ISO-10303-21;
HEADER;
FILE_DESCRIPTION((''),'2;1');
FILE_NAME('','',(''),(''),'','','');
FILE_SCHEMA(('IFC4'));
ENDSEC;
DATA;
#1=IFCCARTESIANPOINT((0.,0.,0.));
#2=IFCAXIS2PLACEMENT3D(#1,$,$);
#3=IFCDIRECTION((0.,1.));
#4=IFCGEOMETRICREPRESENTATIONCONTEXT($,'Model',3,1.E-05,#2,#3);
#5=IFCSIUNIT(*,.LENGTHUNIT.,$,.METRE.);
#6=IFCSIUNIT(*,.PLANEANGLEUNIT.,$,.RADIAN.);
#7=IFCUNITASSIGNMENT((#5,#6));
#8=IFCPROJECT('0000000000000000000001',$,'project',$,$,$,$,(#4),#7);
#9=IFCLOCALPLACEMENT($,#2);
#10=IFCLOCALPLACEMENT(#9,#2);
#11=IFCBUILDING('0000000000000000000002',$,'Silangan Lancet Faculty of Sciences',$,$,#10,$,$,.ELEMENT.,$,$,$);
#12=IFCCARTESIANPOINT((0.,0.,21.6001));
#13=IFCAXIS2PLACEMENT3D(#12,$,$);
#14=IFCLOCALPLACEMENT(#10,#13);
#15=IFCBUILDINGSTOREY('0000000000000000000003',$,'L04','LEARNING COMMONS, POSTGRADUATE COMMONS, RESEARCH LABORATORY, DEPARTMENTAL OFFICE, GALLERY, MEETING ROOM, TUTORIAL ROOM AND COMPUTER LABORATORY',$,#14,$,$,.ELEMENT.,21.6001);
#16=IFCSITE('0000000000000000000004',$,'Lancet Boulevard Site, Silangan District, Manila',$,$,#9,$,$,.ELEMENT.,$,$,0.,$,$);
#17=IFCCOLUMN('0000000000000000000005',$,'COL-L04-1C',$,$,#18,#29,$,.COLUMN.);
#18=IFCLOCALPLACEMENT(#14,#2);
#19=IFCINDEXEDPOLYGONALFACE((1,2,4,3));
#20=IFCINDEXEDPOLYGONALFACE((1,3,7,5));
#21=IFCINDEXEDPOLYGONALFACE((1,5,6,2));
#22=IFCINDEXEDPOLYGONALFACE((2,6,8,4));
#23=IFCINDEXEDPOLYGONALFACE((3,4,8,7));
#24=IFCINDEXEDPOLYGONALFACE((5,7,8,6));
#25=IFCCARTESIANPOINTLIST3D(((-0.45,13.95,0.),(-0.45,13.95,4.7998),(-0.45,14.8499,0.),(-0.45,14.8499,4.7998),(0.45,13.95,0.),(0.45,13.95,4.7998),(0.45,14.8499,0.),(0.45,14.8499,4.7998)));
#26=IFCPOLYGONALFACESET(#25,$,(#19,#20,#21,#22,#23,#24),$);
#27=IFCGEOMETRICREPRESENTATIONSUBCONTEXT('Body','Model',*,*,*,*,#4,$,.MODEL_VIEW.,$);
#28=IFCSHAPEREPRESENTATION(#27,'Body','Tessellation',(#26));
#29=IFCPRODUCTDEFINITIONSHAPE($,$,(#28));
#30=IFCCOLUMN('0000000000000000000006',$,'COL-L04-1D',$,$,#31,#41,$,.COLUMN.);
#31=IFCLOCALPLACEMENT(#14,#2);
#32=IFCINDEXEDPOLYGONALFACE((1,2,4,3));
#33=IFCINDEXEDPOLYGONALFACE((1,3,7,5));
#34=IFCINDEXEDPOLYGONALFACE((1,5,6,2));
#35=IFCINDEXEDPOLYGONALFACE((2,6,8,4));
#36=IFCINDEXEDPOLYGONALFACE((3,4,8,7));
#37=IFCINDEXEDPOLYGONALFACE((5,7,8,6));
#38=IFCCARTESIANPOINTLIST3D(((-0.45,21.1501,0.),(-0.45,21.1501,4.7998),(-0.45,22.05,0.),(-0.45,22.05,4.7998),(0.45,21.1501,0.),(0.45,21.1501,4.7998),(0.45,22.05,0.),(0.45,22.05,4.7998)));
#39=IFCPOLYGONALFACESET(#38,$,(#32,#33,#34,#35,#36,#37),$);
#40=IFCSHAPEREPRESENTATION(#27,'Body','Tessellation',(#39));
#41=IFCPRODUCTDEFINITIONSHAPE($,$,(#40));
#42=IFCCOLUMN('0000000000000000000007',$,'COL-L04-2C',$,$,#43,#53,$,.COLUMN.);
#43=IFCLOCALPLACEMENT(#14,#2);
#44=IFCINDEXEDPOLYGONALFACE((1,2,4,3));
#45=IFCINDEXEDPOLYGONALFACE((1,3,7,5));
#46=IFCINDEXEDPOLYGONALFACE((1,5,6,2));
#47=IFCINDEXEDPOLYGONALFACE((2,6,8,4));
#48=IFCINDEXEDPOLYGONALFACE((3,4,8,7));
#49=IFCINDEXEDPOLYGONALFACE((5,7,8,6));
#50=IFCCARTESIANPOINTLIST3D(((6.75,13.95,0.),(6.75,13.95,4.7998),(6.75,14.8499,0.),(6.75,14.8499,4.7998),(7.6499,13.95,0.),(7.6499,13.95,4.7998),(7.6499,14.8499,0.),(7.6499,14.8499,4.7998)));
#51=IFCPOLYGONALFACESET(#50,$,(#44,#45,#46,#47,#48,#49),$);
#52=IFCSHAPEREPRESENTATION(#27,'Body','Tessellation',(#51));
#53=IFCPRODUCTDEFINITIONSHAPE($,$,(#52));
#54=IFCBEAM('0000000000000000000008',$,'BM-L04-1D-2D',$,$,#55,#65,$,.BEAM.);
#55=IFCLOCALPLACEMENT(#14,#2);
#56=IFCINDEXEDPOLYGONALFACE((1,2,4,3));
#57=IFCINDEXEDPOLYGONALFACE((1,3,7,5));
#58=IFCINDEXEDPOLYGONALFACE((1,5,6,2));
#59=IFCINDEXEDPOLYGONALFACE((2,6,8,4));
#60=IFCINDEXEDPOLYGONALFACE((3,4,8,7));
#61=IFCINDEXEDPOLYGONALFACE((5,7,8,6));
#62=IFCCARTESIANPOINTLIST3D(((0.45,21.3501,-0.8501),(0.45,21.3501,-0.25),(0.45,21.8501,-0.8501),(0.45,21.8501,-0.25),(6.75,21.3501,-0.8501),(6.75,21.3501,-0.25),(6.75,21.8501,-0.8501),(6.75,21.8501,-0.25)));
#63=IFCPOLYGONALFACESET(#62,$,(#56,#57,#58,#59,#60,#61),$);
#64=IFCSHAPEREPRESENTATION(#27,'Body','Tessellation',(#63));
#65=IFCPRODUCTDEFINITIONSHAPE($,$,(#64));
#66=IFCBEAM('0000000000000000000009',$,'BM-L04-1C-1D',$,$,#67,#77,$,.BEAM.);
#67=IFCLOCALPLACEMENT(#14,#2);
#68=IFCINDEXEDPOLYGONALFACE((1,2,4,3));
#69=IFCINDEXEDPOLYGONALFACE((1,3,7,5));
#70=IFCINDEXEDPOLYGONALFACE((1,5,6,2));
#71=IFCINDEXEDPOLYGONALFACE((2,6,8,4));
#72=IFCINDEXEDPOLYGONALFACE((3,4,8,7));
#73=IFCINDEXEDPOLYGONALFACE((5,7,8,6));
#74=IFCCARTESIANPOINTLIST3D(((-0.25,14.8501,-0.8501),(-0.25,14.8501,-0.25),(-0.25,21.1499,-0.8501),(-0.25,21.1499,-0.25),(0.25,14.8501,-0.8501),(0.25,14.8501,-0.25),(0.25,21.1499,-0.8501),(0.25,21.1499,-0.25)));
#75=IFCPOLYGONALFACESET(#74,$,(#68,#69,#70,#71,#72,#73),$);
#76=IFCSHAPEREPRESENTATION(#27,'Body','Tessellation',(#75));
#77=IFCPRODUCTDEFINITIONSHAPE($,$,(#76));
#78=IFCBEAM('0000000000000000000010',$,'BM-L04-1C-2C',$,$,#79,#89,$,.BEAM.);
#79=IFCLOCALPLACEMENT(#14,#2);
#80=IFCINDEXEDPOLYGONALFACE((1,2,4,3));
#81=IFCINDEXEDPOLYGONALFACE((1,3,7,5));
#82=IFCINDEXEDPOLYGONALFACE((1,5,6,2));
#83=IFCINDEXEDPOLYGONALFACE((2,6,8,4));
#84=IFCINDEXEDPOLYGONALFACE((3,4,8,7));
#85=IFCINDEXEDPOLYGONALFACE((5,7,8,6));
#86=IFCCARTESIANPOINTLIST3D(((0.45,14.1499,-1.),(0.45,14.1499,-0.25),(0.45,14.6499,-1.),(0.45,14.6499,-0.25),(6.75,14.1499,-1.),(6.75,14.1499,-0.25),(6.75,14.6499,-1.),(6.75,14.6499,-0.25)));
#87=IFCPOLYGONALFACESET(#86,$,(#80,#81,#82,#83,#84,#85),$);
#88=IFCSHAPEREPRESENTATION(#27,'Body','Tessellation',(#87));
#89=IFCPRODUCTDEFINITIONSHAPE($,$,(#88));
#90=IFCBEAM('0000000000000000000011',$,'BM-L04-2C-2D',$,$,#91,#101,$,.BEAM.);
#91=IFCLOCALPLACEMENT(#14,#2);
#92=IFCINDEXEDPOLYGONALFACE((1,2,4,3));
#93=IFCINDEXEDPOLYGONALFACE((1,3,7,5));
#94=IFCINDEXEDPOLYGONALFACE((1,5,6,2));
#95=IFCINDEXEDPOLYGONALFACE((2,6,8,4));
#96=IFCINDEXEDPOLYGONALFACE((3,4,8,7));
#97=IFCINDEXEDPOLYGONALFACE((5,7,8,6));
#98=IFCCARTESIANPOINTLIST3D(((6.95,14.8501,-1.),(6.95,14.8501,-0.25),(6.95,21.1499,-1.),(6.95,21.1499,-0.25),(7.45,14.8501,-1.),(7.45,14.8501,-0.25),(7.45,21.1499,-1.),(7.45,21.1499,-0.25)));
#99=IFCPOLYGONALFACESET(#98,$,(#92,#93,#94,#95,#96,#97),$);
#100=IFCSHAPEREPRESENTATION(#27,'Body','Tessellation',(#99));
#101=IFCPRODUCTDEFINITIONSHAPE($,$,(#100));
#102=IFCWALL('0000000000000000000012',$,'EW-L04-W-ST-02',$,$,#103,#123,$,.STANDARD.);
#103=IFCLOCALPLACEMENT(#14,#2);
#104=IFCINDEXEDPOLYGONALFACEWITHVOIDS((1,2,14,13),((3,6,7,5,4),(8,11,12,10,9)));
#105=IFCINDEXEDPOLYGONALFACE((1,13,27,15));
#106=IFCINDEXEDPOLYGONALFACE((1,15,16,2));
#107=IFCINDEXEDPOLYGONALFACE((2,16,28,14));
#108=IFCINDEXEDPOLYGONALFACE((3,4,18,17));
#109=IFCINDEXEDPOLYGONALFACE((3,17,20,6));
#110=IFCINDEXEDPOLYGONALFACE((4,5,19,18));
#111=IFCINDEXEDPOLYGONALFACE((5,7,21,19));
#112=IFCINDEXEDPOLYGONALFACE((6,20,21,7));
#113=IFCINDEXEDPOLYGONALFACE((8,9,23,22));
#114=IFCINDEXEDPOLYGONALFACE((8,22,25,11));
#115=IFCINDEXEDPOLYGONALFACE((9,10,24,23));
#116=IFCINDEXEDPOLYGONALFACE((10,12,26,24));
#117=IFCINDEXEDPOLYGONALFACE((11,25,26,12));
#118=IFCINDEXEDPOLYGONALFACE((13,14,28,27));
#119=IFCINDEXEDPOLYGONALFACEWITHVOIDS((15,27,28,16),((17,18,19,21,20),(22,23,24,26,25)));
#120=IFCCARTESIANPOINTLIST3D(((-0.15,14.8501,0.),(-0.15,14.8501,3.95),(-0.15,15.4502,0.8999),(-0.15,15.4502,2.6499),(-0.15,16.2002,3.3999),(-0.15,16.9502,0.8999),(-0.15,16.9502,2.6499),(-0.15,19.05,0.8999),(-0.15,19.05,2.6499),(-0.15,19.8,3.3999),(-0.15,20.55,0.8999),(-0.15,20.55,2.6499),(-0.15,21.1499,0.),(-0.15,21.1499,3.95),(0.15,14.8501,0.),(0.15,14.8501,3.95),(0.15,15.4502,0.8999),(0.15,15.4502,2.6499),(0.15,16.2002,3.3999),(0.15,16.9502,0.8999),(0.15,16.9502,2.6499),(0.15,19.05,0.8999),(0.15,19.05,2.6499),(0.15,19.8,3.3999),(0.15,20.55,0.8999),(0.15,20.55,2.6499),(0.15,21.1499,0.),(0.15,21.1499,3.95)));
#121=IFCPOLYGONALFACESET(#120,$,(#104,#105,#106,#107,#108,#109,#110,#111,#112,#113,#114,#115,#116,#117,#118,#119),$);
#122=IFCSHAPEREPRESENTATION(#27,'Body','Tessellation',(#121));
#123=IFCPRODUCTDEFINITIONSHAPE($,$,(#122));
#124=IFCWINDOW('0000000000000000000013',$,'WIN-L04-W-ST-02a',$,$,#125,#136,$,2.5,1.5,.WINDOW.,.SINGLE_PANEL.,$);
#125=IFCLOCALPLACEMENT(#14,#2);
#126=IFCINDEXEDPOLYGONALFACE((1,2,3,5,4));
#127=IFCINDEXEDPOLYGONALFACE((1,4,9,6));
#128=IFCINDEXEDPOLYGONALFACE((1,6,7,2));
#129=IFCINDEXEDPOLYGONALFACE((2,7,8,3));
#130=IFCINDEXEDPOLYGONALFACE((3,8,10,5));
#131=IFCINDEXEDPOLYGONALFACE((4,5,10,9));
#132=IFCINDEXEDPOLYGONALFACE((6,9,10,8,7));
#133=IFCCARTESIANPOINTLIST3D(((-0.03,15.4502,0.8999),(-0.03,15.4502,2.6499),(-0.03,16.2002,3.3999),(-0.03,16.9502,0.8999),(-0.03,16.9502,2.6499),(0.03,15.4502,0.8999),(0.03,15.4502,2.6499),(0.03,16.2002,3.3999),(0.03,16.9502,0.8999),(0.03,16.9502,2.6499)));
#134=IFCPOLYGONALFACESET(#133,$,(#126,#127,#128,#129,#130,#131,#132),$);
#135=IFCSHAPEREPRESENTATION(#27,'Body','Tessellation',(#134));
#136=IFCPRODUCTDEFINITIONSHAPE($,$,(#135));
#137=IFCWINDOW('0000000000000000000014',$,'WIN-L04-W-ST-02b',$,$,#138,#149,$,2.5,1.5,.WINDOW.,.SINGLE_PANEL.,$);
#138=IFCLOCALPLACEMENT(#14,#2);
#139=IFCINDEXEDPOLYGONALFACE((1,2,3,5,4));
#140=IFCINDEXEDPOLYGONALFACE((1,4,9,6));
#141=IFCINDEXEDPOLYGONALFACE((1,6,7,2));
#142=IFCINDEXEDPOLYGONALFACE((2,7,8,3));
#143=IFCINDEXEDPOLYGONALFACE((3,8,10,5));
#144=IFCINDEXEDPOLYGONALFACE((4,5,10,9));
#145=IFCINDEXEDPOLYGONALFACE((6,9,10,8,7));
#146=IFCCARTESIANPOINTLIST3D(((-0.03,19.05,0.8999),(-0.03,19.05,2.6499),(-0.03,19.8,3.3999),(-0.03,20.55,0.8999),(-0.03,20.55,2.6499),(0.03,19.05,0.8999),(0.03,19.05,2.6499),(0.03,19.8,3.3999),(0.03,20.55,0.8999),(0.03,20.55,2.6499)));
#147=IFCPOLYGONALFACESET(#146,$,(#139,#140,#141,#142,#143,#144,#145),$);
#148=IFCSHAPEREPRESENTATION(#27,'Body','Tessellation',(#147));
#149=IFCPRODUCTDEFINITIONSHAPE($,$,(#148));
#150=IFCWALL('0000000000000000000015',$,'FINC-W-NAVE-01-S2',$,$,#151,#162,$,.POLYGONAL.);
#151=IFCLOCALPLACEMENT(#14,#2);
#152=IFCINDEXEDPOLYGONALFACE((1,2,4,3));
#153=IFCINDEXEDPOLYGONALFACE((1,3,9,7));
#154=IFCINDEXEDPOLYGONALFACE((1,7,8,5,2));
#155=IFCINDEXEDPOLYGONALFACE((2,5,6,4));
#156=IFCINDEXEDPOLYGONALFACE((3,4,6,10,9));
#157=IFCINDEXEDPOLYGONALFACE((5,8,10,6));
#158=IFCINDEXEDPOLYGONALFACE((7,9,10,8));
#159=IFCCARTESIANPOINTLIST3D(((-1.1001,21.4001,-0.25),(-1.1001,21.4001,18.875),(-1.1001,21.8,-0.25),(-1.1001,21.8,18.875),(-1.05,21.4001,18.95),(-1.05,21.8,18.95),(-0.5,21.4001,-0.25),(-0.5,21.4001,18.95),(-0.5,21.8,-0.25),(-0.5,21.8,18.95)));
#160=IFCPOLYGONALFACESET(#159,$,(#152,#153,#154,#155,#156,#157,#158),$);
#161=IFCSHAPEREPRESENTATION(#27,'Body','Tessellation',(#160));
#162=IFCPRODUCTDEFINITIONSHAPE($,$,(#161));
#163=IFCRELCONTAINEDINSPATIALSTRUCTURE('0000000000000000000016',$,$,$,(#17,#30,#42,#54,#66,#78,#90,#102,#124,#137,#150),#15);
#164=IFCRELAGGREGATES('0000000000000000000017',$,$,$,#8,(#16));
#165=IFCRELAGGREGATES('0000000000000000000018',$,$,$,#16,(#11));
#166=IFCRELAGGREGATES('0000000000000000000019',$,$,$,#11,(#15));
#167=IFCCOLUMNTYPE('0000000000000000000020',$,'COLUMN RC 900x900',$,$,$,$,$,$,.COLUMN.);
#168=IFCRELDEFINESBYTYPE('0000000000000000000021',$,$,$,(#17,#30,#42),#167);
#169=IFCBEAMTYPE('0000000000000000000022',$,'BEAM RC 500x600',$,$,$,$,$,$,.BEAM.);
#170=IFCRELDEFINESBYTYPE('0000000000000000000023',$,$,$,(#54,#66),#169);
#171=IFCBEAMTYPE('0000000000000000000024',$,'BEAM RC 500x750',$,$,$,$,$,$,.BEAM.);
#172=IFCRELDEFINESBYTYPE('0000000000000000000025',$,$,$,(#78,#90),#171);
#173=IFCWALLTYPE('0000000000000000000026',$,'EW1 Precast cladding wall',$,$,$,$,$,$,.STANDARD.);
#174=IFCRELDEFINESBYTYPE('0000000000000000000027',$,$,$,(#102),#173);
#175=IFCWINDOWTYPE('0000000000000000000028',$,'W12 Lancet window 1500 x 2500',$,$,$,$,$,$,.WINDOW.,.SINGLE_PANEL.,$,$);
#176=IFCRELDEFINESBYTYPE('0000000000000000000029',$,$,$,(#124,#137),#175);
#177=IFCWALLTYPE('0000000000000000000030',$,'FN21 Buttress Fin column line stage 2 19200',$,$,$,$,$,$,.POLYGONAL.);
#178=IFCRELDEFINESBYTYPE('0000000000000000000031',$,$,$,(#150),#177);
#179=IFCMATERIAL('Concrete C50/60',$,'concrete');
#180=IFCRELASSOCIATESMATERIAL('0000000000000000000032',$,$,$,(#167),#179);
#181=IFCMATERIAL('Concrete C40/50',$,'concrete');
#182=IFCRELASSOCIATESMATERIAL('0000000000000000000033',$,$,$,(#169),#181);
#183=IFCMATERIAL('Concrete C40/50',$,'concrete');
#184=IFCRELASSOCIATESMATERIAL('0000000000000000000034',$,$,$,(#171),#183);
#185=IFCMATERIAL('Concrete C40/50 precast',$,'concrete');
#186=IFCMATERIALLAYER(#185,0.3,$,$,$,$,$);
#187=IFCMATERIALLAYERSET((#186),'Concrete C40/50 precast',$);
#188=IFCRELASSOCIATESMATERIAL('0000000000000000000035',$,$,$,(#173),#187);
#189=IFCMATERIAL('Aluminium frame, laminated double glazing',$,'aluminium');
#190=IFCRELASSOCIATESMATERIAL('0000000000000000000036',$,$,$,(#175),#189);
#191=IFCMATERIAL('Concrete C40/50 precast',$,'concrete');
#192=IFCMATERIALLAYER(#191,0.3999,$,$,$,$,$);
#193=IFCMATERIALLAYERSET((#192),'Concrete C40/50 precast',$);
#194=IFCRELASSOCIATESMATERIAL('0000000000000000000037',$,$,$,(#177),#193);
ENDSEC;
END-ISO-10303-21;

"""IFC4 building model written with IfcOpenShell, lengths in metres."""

from ifc_helpers import new_model, si_unit, direction, frame, frame_2d, origin, origin_2d, place, context, subcontext, project, spatial, polyline, rectangle, outline, extrude, material, layer, layer_set, material_profile, profile_set, type_object, element, fill, save


model = new_model("IFC4")

# Units and contexts
model_context = context("Model", 3, precision=1e-05, world=origin(), true_north=direction((0.0, 1.0)))
body_context = subcontext(model_context, "Body", "Model", "MODEL_VIEW")
ifc_project = project(units=[si_unit("LENGTHUNIT", "METRE"), si_unit("PLANEANGLEUNIT", "RADIAN")], contexts=[model_context])

# Site, building, storey
site_placement = place(None, origin())
site = spatial("IfcSite", under=ifc_project, at=site_placement, Name="Lancet Boulevard Site, Silangan District, Manila", CompositionType="ELEMENT", RefElevation=0.0)
building_placement = place(site_placement, origin())
building = spatial("IfcBuilding", under=site, at=building_placement, Name="Silangan Lancet Faculty of Sciences", CompositionType="ELEMENT")
storey_placement = place(building_placement, frame((0.0, 0.0, 21.6001)))
storey = spatial("IfcBuildingStorey", under=building, at=storey_placement, Name="L04", Description="LEARNING COMMONS, POSTGRADUATE COMMONS, RESEARCH LABORATORY, DEPARTMENTAL OFFICE, GALLERY, MEETING ROOM, TUTORIAL ROOM AND COMPUTER LABORATORY", CompositionType="ELEMENT", Elevation=21.6001)

# Columns
ifc_material_1 = material(Name="Concrete C50/60", Category="concrete")
ifc_material_profile_1 = material_profile(ifc_material_1, rectangle(XDim=0.8999, YDim=0.8999, at=origin_2d()), Name="RC 900x900")
ifc_profile_set_1 = profile_set([ifc_material_profile_1], Name="Concrete C50/60")
column_type = type_object("IfcColumnType", Name="COLUMN RC 900x900", PredefinedType="COLUMN", material=ifc_profile_set_1)
for number, where, z_axis, x_axis, name in (
    (1, (0.0, 14.3999, 0.0), (0.0, 0.0, 1.0), (1.0, 0.0, 0.0), "COL-L04-1C"),
    (2, (0.0, 21.6001, 0.0), (0.0, 0.0, 1.0), (1.0, 0.0, 0.0), "COL-L04-1D"),
    (3, (7.2, 14.3999, 0.0), (0.0, 0.0, 1.0), (1.0, 0.0, 0.0), "COL-L04-2C"),
):
    element("IfcColumn", number, at=place(storey_placement, frame(where, z_axis=z_axis, x_axis=x_axis)), inside=storey, type_object=column_type, Name=name, PredefinedType="COLUMN", context=body_context, shape_type="SweptSolid", body=[
        extrude(rectangle(XDim=0.8999, YDim=0.8999, at=origin_2d()), origin(), (0.0, 0.0, 1.0), 4.7998),
    ])

# Beams
ifc_material_2 = material(Name="Concrete C40/50", Category="concrete")
ifc_material_profile_2 = material_profile(ifc_material_2, rectangle(XDim=0.5, YDim=0.6001, at=origin_2d()), Name="RC 500x600")
ifc_profile_set_2 = profile_set([ifc_material_profile_2], Name="Concrete C40/50")
beam_type_1 = type_object("IfcBeamType", Name="BEAM RC 500x600", PredefinedType="BEAM", material=ifc_profile_set_2)
beam_1_placement = place(storey_placement, frame((0.45, 21.6001, -0.55), z_axis=(1.0, 0.0, 0.0), x_axis=(0.0, 1.0, 0.0)))
element("IfcBeam", 4, at=beam_1_placement, inside=storey, type_object=beam_type_1, Name="BM-L04-1D-2D", PredefinedType="BEAM", context=body_context, shape_type="SweptSolid", body=[
    extrude(rectangle(XDim=0.5, YDim=0.6001, at=origin_2d()), origin(), (0.0, 0.0, 1.0), 6.3),
])
beam_2_placement = place(storey_placement, frame((0.0, 14.8501, -0.55), z_axis=(0.0, 1.0, 0.0), x_axis=(-1.0, 0.0, 0.0)))
element("IfcBeam", 5, at=beam_2_placement, inside=storey, type_object=beam_type_1, Name="BM-L04-1C-1D", PredefinedType="BEAM", context=body_context, shape_type="SweptSolid", body=[
    extrude(rectangle(XDim=0.5, YDim=0.6001, at=origin_2d()), origin(), (0.0, 0.0, 1.0), 6.2998),
])
ifc_material_3 = material(Name="Concrete C40/50", Category="concrete")
ifc_material_profile_3 = material_profile(ifc_material_3, rectangle(XDim=0.5, YDim=0.75, at=origin_2d()), Name="RC 500x750")
ifc_profile_set_3 = profile_set([ifc_material_profile_3], Name="Concrete C40/50")
beam_type_2 = type_object("IfcBeamType", Name="BEAM RC 500x750", PredefinedType="BEAM", material=ifc_profile_set_3)
beam_3_placement = place(storey_placement, frame((0.45, 14.3999, -0.625), z_axis=(1.0, 0.0, 0.0), x_axis=(0.0, 1.0, 0.0)))
element("IfcBeam", 6, at=beam_3_placement, inside=storey, type_object=beam_type_2, Name="BM-L04-1C-2C", PredefinedType="BEAM", context=body_context, shape_type="SweptSolid", body=[
    extrude(rectangle(XDim=0.5, YDim=0.75, at=origin_2d()), origin(), (0.0, 0.0, 1.0), 6.3),
])
beam_4_placement = place(storey_placement, frame((7.2, 14.8501, -0.625), z_axis=(0.0, 1.0, 0.0), x_axis=(-1.0, 0.0, 0.0)))
element("IfcBeam", 7, at=beam_4_placement, inside=storey, type_object=beam_type_2, Name="BM-L04-2C-2D", PredefinedType="BEAM", context=body_context, shape_type="SweptSolid", body=[
    extrude(rectangle(XDim=0.5, YDim=0.75, at=origin_2d()), origin(), (0.0, 0.0, 1.0), 6.2998),
])

# Wall, openings, windows
ifc_material_4 = material(Name="Concrete C40/50 precast", Category="concrete")
ifc_layer_1 = layer(ifc_material_4, 0.3)
ifc_layer_set_1 = layer_set([ifc_layer_1], Name="Concrete C40/50 precast")
wall_type_1 = type_object("IfcWallType", Name="EW1 Precast cladding wall", PredefinedType="STANDARD", material=ifc_layer_set_1)
wall_1_placement = place(storey_placement, frame((0.0, 14.8501, 0.0), z_axis=(0.0, 0.0, 1.0), x_axis=(0.0, 1.0, 0.0)))
wall_1 = element("IfcWall", 8, at=wall_1_placement, inside=storey, type_object=wall_type_1, Name="EW-L04-W-ST-02", PredefinedType="STANDARD", context=body_context, shape_type="SweptSolid", body=[
    extrude(rectangle(XDim=6.2998, YDim=0.3, at=frame_2d((3.1499, 0.0))), origin(), (0.0, 0.0, 1.0), 3.95),
])
opening_1_placement = place(wall_1_placement, frame((0.6001, 0.0, 0.8999)))
opening_1 = element("IfcOpeningElement", 9, at=opening_1_placement, cuts=wall_1, PredefinedType="OPENING", context=body_context, shape_type="SweptSolid", body=[
    extrude(outline(polyline([(0.0, 0.0), (1.5, 0.0), (1.5, 1.75), (0.75, 2.5), (0.0, 1.75), (0.0, 0.0)])), frame((0.0, 0.1599, 0.0), z_axis=(0.0, -1.0, 0.0), x_axis=(1.0, 0.0, 0.0)), (0.0, 0.0, 1.0), 0.3201),
])
opening_2_placement = place(wall_1_placement, frame((4.2, 0.0, 0.8999)))
opening_2 = element("IfcOpeningElement", 10, at=opening_2_placement, cuts=wall_1, PredefinedType="OPENING", context=body_context, shape_type="SweptSolid", body=[
    extrude(outline(polyline([(0.0, 0.0), (1.5, 0.0), (1.5, 1.75), (0.75, 2.5), (0.0, 1.75), (0.0, 0.0)])), frame((0.0, 0.1599, 0.0), z_axis=(0.0, -1.0, 0.0), x_axis=(1.0, 0.0, 0.0)), (0.0, 0.0, 1.0), 0.3201),
])
ifc_material_5 = material(Name="Aluminium frame, laminated double glazing", Category="aluminium")
window_type = type_object("IfcWindowType", Name="W12 Lancet window 1500 x 2500", PartitioningType="SINGLE_PANEL", PredefinedType="WINDOW", material=ifc_material_5)
window_1_placement = place(opening_1_placement, origin())
window_1 = element("IfcWindow", 11, at=window_1_placement, inside=storey, type_object=window_type, Name="WIN-L04-W-ST-02a", OverallHeight=2.5, OverallWidth=1.5, PartitioningType="SINGLE_PANEL", PredefinedType="WINDOW", context=body_context, shape_type="SweptSolid", body=[
    extrude(outline(polyline([(0.0, 0.0), (1.5, 0.0), (1.5, 1.75), (0.75, 2.5), (0.0, 1.75), (0.0, 0.0)])), frame((0.0, 0.03, 0.0), z_axis=(0.0, -1.0, 0.0), x_axis=(1.0, 0.0, 0.0)), (0.0, 0.0, 1.0), 0.0601),
])
fill(opening_1, window_1)
window_2_placement = place(opening_2_placement, origin())
window_2 = element("IfcWindow", 12, at=window_2_placement, inside=storey, type_object=window_type, Name="WIN-L04-W-ST-02b", OverallHeight=2.5, OverallWidth=1.5, PartitioningType="SINGLE_PANEL", PredefinedType="WINDOW", context=body_context, shape_type="SweptSolid", body=[
    extrude(outline(polyline([(0.0, 0.0), (1.5, 0.0), (1.5, 1.75), (0.75, 2.5), (0.0, 1.75), (0.0, 0.0)])), frame((0.0, 0.03, 0.0), z_axis=(0.0, -1.0, 0.0), x_axis=(1.0, 0.0, 0.0)), (0.0, 0.0, 1.0), 0.0601),
])
fill(opening_2, window_2)

# Wall
ifc_material_6 = material(Name="Concrete C40/50 precast", Category="concrete")
ifc_layer_2 = layer(ifc_material_6, 0.3999)
ifc_layer_set_2 = layer_set([ifc_layer_2], Name="Concrete C40/50 precast")
wall_type_2 = type_object("IfcWallType", Name="FN21 Buttress Fin column line stage 2 19200", PredefinedType="POLYGONAL", material=ifc_layer_set_2)
wall_2_placement = place(storey_placement, frame((-0.5, 21.6001, -0.25), z_axis=(0.0, 0.0, 1.0), x_axis=(-1.0, 0.0, 0.0)))
element("IfcWall", 13, at=wall_2_placement, inside=storey, type_object=wall_type_2, Name="FINC-W-NAVE-01-S2", PredefinedType="POLYGONAL", context=body_context, shape_type="SweptSolid", body=[
    extrude(outline(polyline([(0.6001, 0.0), (0.6001, 19.125), (0.55, 19.2), (0.0, 19.2), (0.0, 0.0), (0.6001, 0.0)])), frame((0.0, 0.2, 0.0), z_axis=(0.0, -1.0, 0.0), x_axis=(1.0, 0.0, 0.0)), (0.0, 0.0, 1.0), 0.3999),
])

save(model, "model.ifc")
